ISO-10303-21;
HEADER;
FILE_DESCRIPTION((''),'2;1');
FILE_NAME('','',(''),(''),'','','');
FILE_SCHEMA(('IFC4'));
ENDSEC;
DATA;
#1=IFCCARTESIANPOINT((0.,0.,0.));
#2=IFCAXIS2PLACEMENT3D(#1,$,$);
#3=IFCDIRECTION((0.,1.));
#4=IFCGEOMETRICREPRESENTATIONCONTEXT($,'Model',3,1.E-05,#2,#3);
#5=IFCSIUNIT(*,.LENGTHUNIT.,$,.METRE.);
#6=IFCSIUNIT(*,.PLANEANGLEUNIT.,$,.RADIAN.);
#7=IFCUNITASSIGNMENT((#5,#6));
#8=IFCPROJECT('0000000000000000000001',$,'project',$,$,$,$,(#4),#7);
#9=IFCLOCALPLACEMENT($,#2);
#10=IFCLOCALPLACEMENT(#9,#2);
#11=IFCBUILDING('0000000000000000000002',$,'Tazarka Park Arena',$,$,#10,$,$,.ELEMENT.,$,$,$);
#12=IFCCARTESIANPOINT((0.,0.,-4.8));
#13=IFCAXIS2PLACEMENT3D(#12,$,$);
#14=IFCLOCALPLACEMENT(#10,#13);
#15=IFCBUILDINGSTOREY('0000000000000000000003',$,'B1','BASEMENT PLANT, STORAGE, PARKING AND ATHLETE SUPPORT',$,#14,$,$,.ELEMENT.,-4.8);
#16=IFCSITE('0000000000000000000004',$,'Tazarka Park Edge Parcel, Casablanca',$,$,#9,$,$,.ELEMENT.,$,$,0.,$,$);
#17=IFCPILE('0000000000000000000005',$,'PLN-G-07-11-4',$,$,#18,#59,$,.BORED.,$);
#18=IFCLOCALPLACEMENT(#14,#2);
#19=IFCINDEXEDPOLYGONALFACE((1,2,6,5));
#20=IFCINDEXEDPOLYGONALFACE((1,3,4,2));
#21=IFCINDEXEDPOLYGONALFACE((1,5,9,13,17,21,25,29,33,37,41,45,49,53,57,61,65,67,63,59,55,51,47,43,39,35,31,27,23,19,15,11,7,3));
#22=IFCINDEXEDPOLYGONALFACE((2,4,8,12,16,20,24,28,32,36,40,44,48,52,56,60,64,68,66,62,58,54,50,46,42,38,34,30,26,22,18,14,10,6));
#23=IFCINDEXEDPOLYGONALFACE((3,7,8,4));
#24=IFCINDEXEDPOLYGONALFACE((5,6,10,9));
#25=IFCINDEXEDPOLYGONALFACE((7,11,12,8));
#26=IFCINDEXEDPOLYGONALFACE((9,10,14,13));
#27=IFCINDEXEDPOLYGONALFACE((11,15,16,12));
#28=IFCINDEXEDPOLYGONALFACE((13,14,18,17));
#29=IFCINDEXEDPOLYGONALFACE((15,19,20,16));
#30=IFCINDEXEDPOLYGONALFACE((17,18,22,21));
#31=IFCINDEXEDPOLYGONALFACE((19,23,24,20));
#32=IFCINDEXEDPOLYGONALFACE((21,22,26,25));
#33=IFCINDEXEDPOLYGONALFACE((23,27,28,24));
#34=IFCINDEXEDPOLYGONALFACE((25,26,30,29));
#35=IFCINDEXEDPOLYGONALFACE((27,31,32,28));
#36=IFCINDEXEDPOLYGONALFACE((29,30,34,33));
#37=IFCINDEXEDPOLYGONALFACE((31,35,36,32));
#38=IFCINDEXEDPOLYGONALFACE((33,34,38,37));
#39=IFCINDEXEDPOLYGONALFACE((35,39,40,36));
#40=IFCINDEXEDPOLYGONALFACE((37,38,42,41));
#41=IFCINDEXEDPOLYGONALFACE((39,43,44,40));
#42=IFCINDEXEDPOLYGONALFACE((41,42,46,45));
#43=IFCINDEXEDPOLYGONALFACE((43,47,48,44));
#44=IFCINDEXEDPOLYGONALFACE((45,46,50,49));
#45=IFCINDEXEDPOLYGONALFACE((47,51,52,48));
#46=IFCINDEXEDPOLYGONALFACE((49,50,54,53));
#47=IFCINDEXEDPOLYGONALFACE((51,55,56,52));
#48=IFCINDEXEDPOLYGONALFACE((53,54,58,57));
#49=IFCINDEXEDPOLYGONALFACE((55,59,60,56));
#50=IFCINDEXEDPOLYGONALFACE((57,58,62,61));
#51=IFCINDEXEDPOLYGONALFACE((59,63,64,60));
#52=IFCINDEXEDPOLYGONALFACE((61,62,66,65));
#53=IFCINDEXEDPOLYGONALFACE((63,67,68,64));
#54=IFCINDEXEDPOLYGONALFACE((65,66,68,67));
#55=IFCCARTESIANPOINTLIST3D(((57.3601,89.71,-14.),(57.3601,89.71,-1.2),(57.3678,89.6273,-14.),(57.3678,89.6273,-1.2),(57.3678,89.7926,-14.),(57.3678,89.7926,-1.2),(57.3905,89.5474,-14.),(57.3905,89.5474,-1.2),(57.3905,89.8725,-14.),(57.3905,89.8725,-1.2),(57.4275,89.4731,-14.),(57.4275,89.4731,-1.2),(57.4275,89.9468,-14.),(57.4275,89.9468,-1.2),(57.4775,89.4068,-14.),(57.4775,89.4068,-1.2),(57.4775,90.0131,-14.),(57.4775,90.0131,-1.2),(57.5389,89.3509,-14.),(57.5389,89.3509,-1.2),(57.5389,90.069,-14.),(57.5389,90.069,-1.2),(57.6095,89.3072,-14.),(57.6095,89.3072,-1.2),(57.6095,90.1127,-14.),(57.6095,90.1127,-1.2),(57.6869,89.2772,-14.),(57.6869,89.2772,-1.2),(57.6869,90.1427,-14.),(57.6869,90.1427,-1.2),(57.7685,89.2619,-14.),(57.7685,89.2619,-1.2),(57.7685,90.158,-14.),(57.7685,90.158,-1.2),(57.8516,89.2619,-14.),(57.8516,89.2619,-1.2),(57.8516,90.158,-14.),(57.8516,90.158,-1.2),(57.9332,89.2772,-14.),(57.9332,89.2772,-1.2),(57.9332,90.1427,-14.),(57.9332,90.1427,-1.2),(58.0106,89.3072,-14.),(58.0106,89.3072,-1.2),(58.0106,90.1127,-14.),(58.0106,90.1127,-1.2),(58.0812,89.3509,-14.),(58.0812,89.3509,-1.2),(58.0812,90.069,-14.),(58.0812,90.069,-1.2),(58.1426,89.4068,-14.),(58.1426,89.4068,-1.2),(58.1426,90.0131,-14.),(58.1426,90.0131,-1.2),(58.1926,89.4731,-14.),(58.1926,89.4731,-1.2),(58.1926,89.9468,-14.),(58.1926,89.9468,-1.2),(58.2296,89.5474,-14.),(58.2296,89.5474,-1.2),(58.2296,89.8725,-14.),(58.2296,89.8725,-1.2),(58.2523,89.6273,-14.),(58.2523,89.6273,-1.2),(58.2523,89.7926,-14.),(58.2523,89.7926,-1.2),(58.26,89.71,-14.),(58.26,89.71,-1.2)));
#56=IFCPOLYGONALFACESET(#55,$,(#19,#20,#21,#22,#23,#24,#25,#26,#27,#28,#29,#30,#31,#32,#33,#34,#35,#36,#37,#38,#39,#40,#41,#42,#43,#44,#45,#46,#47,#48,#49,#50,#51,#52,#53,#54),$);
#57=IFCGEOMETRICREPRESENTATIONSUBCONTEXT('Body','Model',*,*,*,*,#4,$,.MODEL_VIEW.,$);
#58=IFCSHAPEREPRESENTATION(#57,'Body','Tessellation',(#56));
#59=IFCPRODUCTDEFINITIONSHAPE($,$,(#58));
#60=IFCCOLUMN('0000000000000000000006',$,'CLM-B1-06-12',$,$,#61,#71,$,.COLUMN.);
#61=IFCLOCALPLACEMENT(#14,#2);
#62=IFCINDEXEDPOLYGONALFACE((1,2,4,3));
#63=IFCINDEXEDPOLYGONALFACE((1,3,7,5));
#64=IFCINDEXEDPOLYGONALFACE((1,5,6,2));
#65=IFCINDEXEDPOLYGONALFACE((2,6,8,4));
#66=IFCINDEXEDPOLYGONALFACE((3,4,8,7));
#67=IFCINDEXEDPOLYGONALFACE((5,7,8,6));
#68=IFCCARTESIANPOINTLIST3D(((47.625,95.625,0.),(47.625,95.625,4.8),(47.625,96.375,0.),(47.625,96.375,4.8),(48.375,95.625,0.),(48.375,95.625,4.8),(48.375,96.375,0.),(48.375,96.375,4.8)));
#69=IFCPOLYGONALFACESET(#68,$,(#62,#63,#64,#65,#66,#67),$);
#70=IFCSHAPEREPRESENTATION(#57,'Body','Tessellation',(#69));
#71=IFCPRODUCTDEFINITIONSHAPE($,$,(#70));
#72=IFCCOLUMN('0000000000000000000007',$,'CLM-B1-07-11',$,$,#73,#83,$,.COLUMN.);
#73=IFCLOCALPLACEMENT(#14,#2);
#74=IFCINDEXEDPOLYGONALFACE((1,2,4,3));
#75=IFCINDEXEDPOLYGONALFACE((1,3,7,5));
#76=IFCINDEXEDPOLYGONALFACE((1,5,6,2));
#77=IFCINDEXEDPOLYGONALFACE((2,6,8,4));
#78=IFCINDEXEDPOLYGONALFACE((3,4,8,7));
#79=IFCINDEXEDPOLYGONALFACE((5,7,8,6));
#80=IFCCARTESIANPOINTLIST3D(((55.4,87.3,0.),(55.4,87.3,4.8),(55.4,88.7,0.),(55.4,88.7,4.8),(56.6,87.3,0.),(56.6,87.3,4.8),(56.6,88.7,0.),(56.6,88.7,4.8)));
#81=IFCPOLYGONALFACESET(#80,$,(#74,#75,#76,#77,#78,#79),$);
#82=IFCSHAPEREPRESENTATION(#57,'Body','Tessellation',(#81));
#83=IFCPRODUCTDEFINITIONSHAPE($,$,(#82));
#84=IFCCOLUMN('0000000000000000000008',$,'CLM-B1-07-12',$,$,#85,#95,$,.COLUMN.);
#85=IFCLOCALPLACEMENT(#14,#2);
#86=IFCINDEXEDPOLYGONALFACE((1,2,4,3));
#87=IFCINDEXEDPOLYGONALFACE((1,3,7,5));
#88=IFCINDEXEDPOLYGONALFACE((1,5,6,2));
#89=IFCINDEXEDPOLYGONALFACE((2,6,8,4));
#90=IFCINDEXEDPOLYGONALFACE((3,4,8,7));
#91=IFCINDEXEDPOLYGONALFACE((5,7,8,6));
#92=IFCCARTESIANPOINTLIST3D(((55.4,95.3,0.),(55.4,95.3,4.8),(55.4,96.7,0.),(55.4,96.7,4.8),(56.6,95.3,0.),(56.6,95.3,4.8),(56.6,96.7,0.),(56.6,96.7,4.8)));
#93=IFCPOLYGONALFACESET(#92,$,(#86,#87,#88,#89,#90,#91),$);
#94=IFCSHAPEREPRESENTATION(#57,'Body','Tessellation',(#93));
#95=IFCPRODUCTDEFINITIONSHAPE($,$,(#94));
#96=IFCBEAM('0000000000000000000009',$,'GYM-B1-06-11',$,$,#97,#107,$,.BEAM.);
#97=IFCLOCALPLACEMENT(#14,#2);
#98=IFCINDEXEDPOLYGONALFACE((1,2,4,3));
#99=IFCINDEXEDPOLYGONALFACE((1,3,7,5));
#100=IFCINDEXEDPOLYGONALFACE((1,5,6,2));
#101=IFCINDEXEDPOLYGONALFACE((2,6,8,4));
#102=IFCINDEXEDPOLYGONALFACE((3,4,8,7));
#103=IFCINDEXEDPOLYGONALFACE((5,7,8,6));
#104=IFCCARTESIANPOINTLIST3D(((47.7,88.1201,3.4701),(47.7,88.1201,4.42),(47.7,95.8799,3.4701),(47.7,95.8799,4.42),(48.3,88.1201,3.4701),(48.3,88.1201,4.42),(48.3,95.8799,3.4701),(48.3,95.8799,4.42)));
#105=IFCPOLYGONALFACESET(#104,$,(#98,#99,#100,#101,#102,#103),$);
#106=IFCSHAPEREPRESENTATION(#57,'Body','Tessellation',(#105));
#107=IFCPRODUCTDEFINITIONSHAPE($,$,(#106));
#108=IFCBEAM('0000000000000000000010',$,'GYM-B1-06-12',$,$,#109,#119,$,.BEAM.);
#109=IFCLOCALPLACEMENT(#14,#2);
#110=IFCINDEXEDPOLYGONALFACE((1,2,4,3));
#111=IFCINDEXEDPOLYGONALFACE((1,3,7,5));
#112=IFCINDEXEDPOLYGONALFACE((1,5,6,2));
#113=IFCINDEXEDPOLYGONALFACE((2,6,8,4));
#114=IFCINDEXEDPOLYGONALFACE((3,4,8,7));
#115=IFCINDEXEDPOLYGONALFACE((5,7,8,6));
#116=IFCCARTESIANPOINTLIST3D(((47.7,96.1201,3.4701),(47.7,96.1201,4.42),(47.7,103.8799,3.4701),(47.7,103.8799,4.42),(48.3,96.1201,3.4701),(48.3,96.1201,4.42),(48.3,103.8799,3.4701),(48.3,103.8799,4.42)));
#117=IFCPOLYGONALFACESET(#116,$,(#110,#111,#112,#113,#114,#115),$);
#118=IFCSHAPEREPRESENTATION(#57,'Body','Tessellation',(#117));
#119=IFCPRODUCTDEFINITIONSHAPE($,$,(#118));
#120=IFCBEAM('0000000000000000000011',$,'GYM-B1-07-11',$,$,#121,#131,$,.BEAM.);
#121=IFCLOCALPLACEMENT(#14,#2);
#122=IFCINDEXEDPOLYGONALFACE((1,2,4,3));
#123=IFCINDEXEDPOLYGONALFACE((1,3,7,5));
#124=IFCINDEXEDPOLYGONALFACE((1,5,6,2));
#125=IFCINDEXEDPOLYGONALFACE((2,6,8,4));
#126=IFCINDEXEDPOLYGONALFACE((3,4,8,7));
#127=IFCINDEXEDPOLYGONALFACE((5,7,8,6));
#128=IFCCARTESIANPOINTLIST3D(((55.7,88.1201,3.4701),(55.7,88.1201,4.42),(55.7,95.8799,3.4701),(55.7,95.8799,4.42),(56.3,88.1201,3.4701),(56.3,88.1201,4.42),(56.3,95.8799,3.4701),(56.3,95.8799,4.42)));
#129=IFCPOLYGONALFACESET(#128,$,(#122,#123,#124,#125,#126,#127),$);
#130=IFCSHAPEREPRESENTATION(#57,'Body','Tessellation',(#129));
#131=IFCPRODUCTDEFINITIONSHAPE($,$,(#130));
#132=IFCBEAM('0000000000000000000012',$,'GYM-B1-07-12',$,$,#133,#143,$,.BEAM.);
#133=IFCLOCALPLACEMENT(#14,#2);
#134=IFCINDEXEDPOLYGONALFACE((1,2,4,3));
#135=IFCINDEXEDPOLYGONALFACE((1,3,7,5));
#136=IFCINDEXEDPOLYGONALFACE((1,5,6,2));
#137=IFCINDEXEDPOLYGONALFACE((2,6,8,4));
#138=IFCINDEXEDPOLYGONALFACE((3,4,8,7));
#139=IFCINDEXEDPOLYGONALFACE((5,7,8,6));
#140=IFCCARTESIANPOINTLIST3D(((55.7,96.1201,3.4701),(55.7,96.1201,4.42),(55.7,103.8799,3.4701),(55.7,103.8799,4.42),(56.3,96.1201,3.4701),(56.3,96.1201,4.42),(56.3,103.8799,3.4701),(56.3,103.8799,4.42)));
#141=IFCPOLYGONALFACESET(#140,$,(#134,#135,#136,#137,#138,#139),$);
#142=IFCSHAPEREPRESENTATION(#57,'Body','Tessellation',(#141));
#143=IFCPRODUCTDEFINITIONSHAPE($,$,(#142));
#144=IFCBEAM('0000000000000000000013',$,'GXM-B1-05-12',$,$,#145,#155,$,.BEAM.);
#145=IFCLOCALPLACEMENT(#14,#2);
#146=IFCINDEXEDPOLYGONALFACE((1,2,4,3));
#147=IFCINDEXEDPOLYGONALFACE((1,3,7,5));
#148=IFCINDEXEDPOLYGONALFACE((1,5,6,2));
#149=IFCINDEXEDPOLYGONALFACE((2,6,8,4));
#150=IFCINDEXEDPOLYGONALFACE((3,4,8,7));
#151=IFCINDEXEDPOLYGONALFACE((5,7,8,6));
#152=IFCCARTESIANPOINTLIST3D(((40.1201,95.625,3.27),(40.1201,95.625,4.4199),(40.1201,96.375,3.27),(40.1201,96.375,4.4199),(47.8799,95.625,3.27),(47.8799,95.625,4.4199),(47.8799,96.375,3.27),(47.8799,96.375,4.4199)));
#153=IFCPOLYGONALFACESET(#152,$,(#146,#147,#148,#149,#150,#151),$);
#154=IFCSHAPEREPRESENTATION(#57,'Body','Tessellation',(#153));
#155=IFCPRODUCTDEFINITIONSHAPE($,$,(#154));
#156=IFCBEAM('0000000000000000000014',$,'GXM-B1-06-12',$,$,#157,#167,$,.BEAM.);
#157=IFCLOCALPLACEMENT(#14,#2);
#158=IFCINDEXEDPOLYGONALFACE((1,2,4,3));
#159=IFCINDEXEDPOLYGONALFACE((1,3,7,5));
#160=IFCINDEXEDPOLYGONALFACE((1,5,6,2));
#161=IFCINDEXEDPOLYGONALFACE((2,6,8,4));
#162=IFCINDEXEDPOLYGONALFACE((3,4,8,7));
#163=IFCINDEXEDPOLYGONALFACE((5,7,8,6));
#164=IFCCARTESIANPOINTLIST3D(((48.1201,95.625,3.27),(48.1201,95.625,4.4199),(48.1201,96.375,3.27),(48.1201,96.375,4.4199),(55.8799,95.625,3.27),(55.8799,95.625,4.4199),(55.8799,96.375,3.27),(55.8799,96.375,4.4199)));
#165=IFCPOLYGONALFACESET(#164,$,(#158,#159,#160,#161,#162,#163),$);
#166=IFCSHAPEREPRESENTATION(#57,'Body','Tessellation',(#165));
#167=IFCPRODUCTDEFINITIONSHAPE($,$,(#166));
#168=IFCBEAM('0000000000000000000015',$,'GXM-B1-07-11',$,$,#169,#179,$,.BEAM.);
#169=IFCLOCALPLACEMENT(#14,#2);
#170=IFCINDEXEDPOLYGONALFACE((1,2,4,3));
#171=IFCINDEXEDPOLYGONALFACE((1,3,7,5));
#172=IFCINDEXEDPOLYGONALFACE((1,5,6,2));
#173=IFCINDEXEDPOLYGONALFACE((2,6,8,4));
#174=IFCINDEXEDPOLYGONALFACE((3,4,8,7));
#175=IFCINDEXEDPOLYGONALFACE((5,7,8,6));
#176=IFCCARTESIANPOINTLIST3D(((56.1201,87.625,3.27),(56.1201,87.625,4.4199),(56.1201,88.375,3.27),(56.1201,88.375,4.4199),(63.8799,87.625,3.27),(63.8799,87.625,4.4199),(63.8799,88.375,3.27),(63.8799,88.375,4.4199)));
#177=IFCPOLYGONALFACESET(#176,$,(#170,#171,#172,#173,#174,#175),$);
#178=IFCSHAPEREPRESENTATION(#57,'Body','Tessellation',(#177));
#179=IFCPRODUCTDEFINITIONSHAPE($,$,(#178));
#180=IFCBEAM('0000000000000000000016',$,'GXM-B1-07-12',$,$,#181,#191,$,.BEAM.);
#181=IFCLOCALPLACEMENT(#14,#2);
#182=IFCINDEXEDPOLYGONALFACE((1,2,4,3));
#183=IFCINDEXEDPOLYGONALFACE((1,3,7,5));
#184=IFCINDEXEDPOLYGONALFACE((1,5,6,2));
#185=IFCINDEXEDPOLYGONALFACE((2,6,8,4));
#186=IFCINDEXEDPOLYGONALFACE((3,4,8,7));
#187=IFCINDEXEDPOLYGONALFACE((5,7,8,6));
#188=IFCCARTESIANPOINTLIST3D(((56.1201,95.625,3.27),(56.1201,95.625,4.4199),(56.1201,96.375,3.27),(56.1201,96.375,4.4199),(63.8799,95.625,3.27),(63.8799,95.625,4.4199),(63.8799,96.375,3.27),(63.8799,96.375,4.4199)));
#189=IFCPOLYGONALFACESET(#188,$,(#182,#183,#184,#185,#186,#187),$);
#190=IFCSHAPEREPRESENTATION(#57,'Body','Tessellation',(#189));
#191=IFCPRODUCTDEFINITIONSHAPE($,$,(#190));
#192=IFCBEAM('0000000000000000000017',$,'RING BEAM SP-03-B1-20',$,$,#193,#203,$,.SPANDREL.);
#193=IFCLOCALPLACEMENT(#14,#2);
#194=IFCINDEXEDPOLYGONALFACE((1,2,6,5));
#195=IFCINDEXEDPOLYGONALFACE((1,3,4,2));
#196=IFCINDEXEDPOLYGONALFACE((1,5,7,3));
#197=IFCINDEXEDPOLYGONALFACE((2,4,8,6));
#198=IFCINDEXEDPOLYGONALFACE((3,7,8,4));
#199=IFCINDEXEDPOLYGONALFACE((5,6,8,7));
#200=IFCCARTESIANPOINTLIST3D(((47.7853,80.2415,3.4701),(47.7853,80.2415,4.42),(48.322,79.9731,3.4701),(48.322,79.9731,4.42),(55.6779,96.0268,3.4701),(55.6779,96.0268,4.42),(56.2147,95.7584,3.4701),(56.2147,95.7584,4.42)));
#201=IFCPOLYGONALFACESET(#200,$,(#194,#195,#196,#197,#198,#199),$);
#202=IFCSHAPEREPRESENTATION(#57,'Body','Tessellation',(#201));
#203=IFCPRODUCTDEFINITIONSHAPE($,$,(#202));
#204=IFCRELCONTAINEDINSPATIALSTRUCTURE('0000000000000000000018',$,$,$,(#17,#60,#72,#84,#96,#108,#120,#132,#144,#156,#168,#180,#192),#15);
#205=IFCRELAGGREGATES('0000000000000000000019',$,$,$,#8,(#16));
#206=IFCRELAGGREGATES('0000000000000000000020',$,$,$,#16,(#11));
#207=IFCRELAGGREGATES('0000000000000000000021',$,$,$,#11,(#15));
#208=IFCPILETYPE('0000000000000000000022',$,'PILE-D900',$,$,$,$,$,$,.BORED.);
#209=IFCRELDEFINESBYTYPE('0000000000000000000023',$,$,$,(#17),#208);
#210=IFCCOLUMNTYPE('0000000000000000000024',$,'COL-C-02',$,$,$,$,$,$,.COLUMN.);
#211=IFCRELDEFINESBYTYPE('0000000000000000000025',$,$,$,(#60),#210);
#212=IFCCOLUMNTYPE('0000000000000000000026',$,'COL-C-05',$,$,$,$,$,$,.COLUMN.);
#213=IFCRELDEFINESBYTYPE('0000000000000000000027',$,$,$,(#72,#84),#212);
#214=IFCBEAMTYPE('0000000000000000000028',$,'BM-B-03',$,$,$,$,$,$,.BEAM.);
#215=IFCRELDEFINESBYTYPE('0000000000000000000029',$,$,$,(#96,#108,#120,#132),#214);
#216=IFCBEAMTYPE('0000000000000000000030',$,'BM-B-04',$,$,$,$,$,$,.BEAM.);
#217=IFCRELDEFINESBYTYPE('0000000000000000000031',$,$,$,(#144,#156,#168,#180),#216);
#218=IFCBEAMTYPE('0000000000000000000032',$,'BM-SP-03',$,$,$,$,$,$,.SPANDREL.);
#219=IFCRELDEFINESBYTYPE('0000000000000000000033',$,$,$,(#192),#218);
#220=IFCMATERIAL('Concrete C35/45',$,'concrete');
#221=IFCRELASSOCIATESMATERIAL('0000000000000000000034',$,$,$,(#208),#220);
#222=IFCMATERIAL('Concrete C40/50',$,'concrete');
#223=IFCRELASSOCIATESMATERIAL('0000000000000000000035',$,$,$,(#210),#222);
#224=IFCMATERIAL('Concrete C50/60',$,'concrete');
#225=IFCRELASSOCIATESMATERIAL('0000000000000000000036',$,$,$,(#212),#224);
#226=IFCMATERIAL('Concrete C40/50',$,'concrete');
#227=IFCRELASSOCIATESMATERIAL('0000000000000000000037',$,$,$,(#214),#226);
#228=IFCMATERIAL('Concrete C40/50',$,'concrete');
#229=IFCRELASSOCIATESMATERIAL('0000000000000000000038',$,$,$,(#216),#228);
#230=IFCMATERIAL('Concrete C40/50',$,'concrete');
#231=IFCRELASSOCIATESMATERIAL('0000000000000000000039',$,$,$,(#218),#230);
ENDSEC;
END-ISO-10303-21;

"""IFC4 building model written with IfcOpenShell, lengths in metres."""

from ifc_helpers import new_model, si_unit, direction, frame, origin, origin_2d, place, context, subcontext, project, spatial, rectangle, circle, extrude, material, material_profile, profile_set, type_object, element, save


model = new_model("IFC4")

# Units and contexts
model_context = context("Model", 3, precision=1e-05, world=origin(), true_north=direction((0.0, 1.0)))
body_context = subcontext(model_context, "Body", "Model", "MODEL_VIEW")
ifc_project = project(units=[si_unit("LENGTHUNIT", "METRE"), si_unit("PLANEANGLEUNIT", "RADIAN")], contexts=[model_context])

# Site, building, storey
site_placement = place(None, origin())
site = spatial("IfcSite", under=ifc_project, at=site_placement, Name="Tazarka Park Edge Parcel, Casablanca", CompositionType="ELEMENT", RefElevation=0.0)
building_placement = place(site_placement, origin())
building = spatial("IfcBuilding", under=site, at=building_placement, Name="Tazarka Park Arena", CompositionType="ELEMENT")
storey_placement = place(building_placement, frame((0.0, 0.0, -4.8)))
storey = spatial("IfcBuildingStorey", under=building, at=storey_placement, Name="B1", Description="BASEMENT PLANT, STORAGE, PARKING AND ATHLETE SUPPORT", CompositionType="ELEMENT", Elevation=-4.8)

# Pile
ifc_material_1 = material(Name="Concrete C35/45", Category="concrete")
ifc_material_profile_1 = material_profile(ifc_material_1, circle(Radius=0.45, at=origin_2d()), Name="Concrete C35/45")
ifc_profile_set_1 = profile_set([ifc_material_profile_1], Name="Concrete C35/45")
pile_type_1 = type_object("IfcPileType", Name="PILE-D900", PredefinedType="BORED", material=ifc_profile_set_1)
for number, where, z_axis, x_axis, name in (
    (1, (57.8101, 89.71, -1.2), (0.0, 0.0, -1.0), (1.0, 0.0, 0.0), "PLN-G-07-11-4"),
):
    element("IfcPile", number, at=place(storey_placement, frame(where, z_axis=z_axis, x_axis=x_axis)), inside=storey, type_object=pile_type_1, Name=name, PredefinedType="BORED", context=body_context, shape_type="SweptSolid", body=[
        extrude(circle(Radius=0.45, at=origin_2d()), origin(), (0.0, 0.0, 1.0), 12.8),
    ])

# Columns
ifc_material_2 = material(Name="Concrete C40/50", Category="concrete")
ifc_material_profile_2 = material_profile(ifc_material_2, rectangle(XDim=0.75, YDim=0.75, at=origin_2d()), Name="Concrete C40/50")
ifc_profile_set_2 = profile_set([ifc_material_profile_2], Name="Concrete C40/50")
column_type_1 = type_object("IfcColumnType", Name="COL-C-02", PredefinedType="COLUMN", material=ifc_profile_set_2)
column_placement = place(storey_placement, frame((48.0, 96.0, 0.0), z_axis=(0.0, 0.0, 1.0), x_axis=(1.0, 0.0, 0.0)))
element("IfcColumn", 2, at=column_placement, inside=storey, type_object=column_type_1, Name="CLM-B1-06-12", PredefinedType="COLUMN", context=body_context, shape_type="SweptSolid", body=[
    extrude(rectangle(XDim=0.75, YDim=0.75, at=origin_2d()), origin(), (0.0, 0.0, 1.0), 4.8),
])
ifc_material_3 = material(Name="Concrete C50/60", Category="concrete")
ifc_material_profile_3 = material_profile(ifc_material_3, rectangle(XDim=1.2, YDim=1.3999, at=origin_2d()), Name="Concrete C50/60")
ifc_profile_set_3 = profile_set([ifc_material_profile_3], Name="Concrete C50/60")
column_type_2 = type_object("IfcColumnType", Name="COL-C-05", PredefinedType="COLUMN", material=ifc_profile_set_3)
for number, where, z_axis, x_axis, name in (
    (3, (56.0, 88.0, 0.0), (0.0, 0.0, 1.0), (1.0, 0.0, 0.0), "CLM-B1-07-11"),
    (4, (56.0, 96.0, 0.0), (0.0, 0.0, 1.0), (1.0, 0.0, 0.0), "CLM-B1-07-12"),
):
    element("IfcColumn", number, at=place(storey_placement, frame(where, z_axis=z_axis, x_axis=x_axis)), inside=storey, type_object=column_type_2, Name=name, PredefinedType="COLUMN", context=body_context, shape_type="SweptSolid", body=[
        extrude(rectangle(XDim=1.2, YDim=1.3999, at=origin_2d()), origin(), (0.0, 0.0, 1.0), 4.8),
    ])

# Beams
ifc_material_4 = material(Name="Concrete C40/50", Category="concrete")
ifc_material_profile_4 = material_profile(ifc_material_4, rectangle(XDim=0.6001, YDim=0.95, at=origin_2d()), Name="Concrete C40/50")
ifc_profile_set_4 = profile_set([ifc_material_profile_4], Name="Concrete C40/50")
beam_type_1 = type_object("IfcBeamType", Name="BM-B-03", PredefinedType="BEAM", material=ifc_profile_set_4)
for number, where, z_axis, x_axis, name in (
    (5, (48.0, 88.1201, 3.9451), (0.0, 1.0, 0.0), (-1.0, 0.0, 0.0), "GYM-B1-06-11"),
    (6, (48.0, 96.1201, 3.9451), (0.0, 1.0, 0.0), (-1.0, 0.0, 0.0), "GYM-B1-06-12"),
    (7, (56.0, 88.1201, 3.9451), (0.0, 1.0, 0.0), (-1.0, 0.0, 0.0), "GYM-B1-07-11"),
    (8, (56.0, 96.1201, 3.9451), (0.0, 1.0, 0.0), (-1.0, 0.0, 0.0), "GYM-B1-07-12"),
):
    element("IfcBeam", number, at=place(storey_placement, frame(where, z_axis=z_axis, x_axis=x_axis)), inside=storey, type_object=beam_type_1, Name=name, PredefinedType="BEAM", context=body_context, shape_type="SweptSolid", body=[
        extrude(rectangle(XDim=0.6001, YDim=0.95, at=origin_2d()), origin(), (0.0, 0.0, 1.0), 7.7598),
    ])
ifc_material_5 = material(Name="Concrete C40/50", Category="concrete")
ifc_material_profile_5 = material_profile(ifc_material_5, rectangle(XDim=0.75, YDim=1.1499, at=origin_2d()), Name="Concrete C40/50")
ifc_profile_set_5 = profile_set([ifc_material_profile_5], Name="Concrete C40/50")
beam_type_2 = type_object("IfcBeamType", Name="BM-B-04", PredefinedType="BEAM", material=ifc_profile_set_5)
for number, where, z_axis, x_axis, name in (
    (9, (40.1201, 96.0, 3.845), (1.0, 0.0, 0.0), (0.0, 1.0, 0.0), "GXM-B1-05-12"),
    (10, (48.1201, 96.0, 3.845), (1.0, 0.0, 0.0), (0.0, 1.0, 0.0), "GXM-B1-06-12"),
    (11, (56.1201, 88.0, 3.845), (1.0, 0.0, 0.0), (0.0, 1.0, 0.0), "GXM-B1-07-11"),
    (12, (56.1201, 96.0, 3.845), (1.0, 0.0, 0.0), (0.0, 1.0, 0.0), "GXM-B1-07-12"),
):
    element("IfcBeam", number, at=place(storey_placement, frame(where, z_axis=z_axis, x_axis=x_axis)), inside=storey, type_object=beam_type_2, Name=name, PredefinedType="BEAM", context=body_context, shape_type="SweptSolid", body=[
        extrude(rectangle(XDim=0.75, YDim=1.1499, at=origin_2d()), origin(), (0.0, 0.0, 1.0), 7.7598),
    ])
ifc_material_6 = material(Name="Concrete C40/50", Category="concrete")
ifc_material_profile_6 = material_profile(ifc_material_6, rectangle(XDim=0.6001, YDim=0.95, at=origin_2d()), Name="Concrete C40/50")
ifc_profile_set_6 = profile_set([ifc_material_profile_6], Name="Concrete C40/50")
beam_type_3 = type_object("IfcBeamType", Name="BM-SP-03", PredefinedType="SPANDREL", material=ifc_profile_set_6)
beam_placement = place(storey_placement, frame((55.9463, 95.8926, 3.9451), z_axis=(-0.447214, -0.894427, 0.0), x_axis=(0.894427, -0.447214, 0.0)))
element("IfcBeam", 13, at=beam_placement, inside=storey, type_object=beam_type_3, Name="RING BEAM SP-03-B1-20", PredefinedType="SPANDREL", context=body_context, shape_type="SweptSolid", body=[
    extrude(rectangle(XDim=0.6001, YDim=0.95, at=origin_2d()), origin(), (0.0, 0.0, 1.0), 17.6484),
])

save(model, "model.ifc")
